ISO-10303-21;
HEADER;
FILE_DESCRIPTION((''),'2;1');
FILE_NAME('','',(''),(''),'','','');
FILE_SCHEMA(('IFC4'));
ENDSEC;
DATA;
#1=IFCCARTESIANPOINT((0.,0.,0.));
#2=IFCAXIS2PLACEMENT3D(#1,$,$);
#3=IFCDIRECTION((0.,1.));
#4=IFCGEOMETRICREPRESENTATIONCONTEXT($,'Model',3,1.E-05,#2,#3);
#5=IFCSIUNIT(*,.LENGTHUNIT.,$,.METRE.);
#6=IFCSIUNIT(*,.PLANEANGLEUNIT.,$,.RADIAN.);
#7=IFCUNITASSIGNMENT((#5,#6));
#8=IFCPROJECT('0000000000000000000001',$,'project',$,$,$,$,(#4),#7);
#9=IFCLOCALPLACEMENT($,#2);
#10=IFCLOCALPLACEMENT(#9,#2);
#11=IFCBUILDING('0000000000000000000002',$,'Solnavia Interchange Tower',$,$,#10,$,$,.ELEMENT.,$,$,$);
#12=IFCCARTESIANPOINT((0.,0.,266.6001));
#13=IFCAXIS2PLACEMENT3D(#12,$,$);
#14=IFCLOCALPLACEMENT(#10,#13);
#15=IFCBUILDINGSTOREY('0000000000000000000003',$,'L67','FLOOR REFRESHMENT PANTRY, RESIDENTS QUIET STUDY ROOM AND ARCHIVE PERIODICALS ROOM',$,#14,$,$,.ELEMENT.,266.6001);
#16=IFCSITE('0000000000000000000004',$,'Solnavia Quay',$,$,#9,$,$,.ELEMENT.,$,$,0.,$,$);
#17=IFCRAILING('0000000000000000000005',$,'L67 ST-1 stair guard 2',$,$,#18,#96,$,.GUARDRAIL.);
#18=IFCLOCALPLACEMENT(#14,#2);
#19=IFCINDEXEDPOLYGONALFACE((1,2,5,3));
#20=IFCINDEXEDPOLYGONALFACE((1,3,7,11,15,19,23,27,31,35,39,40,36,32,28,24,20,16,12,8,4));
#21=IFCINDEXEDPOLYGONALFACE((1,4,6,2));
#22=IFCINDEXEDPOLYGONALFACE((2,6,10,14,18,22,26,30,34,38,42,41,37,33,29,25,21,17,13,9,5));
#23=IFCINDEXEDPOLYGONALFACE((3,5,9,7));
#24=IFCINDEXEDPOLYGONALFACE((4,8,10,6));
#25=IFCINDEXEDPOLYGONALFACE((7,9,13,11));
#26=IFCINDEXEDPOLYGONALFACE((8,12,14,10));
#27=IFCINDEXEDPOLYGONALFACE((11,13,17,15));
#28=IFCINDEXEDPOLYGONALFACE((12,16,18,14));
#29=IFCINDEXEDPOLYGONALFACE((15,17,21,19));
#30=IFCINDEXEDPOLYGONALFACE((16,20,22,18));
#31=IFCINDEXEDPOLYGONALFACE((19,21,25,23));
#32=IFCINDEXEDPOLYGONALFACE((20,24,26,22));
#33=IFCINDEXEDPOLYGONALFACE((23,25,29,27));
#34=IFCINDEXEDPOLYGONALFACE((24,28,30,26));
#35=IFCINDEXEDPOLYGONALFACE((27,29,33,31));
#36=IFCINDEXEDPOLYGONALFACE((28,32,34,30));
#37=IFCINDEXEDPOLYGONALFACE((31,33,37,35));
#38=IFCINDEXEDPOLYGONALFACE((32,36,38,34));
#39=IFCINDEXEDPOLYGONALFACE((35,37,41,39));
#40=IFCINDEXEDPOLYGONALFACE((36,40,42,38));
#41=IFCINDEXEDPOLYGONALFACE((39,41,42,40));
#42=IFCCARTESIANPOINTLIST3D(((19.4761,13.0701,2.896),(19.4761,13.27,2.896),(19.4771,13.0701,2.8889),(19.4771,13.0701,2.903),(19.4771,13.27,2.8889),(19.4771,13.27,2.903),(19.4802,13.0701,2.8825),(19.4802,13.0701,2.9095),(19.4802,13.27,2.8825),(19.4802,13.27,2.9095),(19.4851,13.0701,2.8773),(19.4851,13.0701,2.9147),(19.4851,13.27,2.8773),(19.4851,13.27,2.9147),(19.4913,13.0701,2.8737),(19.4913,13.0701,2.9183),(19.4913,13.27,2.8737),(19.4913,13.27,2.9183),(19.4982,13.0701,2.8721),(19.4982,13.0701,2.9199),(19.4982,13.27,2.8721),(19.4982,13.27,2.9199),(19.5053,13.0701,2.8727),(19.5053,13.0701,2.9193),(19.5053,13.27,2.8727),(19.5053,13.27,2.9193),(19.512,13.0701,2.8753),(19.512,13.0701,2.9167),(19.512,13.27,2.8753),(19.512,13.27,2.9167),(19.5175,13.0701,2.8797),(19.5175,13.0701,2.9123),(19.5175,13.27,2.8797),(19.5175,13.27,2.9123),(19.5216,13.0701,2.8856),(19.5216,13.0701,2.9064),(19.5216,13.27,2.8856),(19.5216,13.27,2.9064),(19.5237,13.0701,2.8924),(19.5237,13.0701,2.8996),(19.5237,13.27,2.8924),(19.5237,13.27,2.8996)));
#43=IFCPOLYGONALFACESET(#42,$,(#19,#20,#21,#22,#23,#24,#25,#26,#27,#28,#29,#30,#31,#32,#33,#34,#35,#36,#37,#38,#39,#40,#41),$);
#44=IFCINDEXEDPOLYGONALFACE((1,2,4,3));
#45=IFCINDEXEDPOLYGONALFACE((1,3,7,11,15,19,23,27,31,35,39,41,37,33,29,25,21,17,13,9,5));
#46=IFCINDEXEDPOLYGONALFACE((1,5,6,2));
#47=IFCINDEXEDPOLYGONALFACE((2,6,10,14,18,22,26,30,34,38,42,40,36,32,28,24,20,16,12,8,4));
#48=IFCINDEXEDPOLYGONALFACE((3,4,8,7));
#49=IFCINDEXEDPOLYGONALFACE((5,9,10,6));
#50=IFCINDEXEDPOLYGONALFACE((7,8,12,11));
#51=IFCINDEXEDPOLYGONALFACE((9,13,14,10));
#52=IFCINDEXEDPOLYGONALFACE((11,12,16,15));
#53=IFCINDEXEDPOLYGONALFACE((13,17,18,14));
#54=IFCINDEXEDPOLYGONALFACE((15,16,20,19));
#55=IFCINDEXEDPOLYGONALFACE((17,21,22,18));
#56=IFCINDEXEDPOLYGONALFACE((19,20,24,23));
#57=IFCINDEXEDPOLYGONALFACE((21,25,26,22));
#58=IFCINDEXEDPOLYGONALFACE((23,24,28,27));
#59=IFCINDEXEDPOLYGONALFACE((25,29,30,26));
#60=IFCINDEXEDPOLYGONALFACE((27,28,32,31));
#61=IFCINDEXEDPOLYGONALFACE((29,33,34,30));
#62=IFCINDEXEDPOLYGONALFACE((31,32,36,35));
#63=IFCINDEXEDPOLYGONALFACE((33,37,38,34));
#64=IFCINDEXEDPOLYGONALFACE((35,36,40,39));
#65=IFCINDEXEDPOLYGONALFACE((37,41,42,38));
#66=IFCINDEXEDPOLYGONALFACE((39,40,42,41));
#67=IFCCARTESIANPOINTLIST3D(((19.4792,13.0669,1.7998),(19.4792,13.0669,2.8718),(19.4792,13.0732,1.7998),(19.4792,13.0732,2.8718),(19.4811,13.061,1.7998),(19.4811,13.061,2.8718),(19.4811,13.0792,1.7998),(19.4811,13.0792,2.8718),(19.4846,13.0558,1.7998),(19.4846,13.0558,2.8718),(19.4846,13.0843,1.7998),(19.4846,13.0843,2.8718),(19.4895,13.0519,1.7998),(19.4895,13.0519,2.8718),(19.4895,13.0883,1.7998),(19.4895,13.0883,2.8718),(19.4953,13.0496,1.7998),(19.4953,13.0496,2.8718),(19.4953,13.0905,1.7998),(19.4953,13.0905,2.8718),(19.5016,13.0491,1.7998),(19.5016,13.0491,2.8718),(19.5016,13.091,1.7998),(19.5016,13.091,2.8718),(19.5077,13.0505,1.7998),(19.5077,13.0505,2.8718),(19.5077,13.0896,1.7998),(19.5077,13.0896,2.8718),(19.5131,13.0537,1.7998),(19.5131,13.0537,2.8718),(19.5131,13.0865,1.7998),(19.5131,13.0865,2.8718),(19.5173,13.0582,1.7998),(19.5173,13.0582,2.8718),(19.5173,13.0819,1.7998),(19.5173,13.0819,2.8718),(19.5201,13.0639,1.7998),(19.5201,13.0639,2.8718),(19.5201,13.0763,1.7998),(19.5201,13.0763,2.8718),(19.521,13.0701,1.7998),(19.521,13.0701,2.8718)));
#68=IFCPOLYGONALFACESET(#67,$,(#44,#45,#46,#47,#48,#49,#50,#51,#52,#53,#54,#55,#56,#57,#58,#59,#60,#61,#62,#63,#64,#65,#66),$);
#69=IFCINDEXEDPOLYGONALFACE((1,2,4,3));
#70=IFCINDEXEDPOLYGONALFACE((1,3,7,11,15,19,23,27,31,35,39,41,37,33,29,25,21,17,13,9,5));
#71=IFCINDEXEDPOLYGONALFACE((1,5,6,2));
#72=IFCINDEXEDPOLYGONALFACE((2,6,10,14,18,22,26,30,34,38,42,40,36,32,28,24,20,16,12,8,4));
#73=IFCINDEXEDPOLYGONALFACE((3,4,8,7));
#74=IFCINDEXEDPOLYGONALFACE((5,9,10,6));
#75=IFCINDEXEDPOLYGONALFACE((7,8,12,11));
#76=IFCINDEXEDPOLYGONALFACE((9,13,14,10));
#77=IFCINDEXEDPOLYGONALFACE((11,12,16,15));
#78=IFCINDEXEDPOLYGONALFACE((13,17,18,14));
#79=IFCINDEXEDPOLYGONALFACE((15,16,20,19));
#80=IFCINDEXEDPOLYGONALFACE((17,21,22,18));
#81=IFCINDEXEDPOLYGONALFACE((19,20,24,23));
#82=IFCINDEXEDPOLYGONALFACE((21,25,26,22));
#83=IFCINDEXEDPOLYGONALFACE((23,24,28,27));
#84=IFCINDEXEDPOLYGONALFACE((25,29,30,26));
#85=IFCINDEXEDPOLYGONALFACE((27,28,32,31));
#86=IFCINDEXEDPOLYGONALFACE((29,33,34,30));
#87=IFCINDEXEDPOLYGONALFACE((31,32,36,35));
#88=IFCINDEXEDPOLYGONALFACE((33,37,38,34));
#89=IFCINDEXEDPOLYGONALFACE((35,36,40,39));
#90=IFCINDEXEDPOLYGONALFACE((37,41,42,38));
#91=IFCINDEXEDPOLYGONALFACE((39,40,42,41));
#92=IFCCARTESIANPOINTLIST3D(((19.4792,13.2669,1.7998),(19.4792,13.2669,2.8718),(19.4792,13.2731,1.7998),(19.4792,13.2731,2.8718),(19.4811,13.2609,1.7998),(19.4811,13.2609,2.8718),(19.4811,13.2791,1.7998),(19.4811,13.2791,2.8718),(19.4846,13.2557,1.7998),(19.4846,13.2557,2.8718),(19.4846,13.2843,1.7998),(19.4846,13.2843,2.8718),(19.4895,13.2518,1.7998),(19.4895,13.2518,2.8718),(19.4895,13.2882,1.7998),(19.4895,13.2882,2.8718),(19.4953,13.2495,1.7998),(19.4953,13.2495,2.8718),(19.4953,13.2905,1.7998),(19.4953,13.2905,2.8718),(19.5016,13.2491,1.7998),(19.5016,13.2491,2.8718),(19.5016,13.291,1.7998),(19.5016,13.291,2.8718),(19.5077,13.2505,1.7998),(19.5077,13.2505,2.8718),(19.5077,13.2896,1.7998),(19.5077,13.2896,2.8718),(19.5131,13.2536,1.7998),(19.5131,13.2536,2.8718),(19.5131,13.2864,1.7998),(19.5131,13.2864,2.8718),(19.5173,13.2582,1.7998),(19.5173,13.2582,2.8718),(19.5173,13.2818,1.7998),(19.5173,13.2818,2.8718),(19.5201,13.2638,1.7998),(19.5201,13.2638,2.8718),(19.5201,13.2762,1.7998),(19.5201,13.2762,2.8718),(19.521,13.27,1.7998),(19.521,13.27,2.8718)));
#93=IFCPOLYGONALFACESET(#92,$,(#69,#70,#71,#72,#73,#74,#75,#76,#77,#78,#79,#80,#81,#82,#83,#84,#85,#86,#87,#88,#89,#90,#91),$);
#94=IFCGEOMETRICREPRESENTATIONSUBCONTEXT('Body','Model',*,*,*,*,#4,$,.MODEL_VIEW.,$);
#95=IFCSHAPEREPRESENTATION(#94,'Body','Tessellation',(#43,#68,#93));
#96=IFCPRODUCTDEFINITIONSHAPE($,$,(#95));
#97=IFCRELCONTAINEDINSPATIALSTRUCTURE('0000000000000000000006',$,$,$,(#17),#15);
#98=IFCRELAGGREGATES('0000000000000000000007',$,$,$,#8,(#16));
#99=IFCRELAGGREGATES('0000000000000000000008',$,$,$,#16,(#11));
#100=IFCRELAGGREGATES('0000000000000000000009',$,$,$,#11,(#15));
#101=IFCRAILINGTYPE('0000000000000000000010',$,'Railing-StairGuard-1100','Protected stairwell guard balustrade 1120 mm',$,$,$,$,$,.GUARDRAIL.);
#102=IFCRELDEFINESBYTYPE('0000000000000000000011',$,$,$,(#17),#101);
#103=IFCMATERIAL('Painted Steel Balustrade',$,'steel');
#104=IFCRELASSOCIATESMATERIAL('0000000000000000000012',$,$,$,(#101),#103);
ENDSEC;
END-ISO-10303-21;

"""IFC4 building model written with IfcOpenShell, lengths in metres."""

from ifc_helpers import new_model, si_unit, direction, frame, origin, origin_2d, place, context, subcontext, project, spatial, circle, extrude, material, type_object, element, save


model = new_model("IFC4")

# Units and contexts
model_context = context("Model", 3, precision=1e-05, world=origin(), true_north=direction((0.0, 1.0)))
body_context = subcontext(model_context, "Body", "Model", "MODEL_VIEW")
ifc_project = project(units=[si_unit("LENGTHUNIT", "METRE"), si_unit("PLANEANGLEUNIT", "RADIAN")], contexts=[model_context])

# Site, building, storey
site_placement = place(None, origin())
site = spatial("IfcSite", under=ifc_project, at=site_placement, Name="Solnavia Quay", CompositionType="ELEMENT", RefElevation=0.0)
building_placement = place(site_placement, origin())
building = spatial("IfcBuilding", under=site, at=building_placement, Name="Solnavia Interchange Tower", CompositionType="ELEMENT")
storey_placement = place(building_placement, frame((0.0, 0.0, 266.6001)))
storey = spatial("IfcBuildingStorey", under=building, at=storey_placement, Name="L67", Description="FLOOR REFRESHMENT PANTRY, RESIDENTS QUIET STUDY ROOM AND ARCHIVE PERIODICALS ROOM", CompositionType="ELEMENT", Elevation=266.6001)

# Railing
ifc_material_1 = material(Name="Painted Steel Balustrade", Category="steel")
railing_type_1 = type_object("IfcRailingType", Name="Railing-StairGuard-1100", Description="Protected stairwell guard balustrade 1120 mm", PredefinedType="GUARDRAIL", material=ifc_material_1)
railing_1_placement = place(storey_placement, frame((19.5, 13.0701, 1.7998)))
element("IfcRailing", 1, at=railing_1_placement, inside=storey, type_object=railing_type_1, Name="L67 ST-1 stair guard 2", PredefinedType="GUARDRAIL", context=body_context, shape_type="SweptSolid", body=[
    extrude(circle(Radius=0.0239, at=origin_2d()), frame((0.0, 0.0, 1.0962), z_axis=(0.0, 1.0, 0.0), x_axis=(-1.0, 0.0, 0.0)), (0.0, 0.0, 1.0), 0.2),
    extrude(circle(Radius=0.021, at=origin_2d()), origin(), (0.0, 0.0, 1.0), 1.072),
    extrude(circle(Radius=0.021, at=origin_2d()), frame((0.0, 0.2, 0.0)), (0.0, 0.0, 1.0), 1.072),
])

save(model, "model.ifc")
